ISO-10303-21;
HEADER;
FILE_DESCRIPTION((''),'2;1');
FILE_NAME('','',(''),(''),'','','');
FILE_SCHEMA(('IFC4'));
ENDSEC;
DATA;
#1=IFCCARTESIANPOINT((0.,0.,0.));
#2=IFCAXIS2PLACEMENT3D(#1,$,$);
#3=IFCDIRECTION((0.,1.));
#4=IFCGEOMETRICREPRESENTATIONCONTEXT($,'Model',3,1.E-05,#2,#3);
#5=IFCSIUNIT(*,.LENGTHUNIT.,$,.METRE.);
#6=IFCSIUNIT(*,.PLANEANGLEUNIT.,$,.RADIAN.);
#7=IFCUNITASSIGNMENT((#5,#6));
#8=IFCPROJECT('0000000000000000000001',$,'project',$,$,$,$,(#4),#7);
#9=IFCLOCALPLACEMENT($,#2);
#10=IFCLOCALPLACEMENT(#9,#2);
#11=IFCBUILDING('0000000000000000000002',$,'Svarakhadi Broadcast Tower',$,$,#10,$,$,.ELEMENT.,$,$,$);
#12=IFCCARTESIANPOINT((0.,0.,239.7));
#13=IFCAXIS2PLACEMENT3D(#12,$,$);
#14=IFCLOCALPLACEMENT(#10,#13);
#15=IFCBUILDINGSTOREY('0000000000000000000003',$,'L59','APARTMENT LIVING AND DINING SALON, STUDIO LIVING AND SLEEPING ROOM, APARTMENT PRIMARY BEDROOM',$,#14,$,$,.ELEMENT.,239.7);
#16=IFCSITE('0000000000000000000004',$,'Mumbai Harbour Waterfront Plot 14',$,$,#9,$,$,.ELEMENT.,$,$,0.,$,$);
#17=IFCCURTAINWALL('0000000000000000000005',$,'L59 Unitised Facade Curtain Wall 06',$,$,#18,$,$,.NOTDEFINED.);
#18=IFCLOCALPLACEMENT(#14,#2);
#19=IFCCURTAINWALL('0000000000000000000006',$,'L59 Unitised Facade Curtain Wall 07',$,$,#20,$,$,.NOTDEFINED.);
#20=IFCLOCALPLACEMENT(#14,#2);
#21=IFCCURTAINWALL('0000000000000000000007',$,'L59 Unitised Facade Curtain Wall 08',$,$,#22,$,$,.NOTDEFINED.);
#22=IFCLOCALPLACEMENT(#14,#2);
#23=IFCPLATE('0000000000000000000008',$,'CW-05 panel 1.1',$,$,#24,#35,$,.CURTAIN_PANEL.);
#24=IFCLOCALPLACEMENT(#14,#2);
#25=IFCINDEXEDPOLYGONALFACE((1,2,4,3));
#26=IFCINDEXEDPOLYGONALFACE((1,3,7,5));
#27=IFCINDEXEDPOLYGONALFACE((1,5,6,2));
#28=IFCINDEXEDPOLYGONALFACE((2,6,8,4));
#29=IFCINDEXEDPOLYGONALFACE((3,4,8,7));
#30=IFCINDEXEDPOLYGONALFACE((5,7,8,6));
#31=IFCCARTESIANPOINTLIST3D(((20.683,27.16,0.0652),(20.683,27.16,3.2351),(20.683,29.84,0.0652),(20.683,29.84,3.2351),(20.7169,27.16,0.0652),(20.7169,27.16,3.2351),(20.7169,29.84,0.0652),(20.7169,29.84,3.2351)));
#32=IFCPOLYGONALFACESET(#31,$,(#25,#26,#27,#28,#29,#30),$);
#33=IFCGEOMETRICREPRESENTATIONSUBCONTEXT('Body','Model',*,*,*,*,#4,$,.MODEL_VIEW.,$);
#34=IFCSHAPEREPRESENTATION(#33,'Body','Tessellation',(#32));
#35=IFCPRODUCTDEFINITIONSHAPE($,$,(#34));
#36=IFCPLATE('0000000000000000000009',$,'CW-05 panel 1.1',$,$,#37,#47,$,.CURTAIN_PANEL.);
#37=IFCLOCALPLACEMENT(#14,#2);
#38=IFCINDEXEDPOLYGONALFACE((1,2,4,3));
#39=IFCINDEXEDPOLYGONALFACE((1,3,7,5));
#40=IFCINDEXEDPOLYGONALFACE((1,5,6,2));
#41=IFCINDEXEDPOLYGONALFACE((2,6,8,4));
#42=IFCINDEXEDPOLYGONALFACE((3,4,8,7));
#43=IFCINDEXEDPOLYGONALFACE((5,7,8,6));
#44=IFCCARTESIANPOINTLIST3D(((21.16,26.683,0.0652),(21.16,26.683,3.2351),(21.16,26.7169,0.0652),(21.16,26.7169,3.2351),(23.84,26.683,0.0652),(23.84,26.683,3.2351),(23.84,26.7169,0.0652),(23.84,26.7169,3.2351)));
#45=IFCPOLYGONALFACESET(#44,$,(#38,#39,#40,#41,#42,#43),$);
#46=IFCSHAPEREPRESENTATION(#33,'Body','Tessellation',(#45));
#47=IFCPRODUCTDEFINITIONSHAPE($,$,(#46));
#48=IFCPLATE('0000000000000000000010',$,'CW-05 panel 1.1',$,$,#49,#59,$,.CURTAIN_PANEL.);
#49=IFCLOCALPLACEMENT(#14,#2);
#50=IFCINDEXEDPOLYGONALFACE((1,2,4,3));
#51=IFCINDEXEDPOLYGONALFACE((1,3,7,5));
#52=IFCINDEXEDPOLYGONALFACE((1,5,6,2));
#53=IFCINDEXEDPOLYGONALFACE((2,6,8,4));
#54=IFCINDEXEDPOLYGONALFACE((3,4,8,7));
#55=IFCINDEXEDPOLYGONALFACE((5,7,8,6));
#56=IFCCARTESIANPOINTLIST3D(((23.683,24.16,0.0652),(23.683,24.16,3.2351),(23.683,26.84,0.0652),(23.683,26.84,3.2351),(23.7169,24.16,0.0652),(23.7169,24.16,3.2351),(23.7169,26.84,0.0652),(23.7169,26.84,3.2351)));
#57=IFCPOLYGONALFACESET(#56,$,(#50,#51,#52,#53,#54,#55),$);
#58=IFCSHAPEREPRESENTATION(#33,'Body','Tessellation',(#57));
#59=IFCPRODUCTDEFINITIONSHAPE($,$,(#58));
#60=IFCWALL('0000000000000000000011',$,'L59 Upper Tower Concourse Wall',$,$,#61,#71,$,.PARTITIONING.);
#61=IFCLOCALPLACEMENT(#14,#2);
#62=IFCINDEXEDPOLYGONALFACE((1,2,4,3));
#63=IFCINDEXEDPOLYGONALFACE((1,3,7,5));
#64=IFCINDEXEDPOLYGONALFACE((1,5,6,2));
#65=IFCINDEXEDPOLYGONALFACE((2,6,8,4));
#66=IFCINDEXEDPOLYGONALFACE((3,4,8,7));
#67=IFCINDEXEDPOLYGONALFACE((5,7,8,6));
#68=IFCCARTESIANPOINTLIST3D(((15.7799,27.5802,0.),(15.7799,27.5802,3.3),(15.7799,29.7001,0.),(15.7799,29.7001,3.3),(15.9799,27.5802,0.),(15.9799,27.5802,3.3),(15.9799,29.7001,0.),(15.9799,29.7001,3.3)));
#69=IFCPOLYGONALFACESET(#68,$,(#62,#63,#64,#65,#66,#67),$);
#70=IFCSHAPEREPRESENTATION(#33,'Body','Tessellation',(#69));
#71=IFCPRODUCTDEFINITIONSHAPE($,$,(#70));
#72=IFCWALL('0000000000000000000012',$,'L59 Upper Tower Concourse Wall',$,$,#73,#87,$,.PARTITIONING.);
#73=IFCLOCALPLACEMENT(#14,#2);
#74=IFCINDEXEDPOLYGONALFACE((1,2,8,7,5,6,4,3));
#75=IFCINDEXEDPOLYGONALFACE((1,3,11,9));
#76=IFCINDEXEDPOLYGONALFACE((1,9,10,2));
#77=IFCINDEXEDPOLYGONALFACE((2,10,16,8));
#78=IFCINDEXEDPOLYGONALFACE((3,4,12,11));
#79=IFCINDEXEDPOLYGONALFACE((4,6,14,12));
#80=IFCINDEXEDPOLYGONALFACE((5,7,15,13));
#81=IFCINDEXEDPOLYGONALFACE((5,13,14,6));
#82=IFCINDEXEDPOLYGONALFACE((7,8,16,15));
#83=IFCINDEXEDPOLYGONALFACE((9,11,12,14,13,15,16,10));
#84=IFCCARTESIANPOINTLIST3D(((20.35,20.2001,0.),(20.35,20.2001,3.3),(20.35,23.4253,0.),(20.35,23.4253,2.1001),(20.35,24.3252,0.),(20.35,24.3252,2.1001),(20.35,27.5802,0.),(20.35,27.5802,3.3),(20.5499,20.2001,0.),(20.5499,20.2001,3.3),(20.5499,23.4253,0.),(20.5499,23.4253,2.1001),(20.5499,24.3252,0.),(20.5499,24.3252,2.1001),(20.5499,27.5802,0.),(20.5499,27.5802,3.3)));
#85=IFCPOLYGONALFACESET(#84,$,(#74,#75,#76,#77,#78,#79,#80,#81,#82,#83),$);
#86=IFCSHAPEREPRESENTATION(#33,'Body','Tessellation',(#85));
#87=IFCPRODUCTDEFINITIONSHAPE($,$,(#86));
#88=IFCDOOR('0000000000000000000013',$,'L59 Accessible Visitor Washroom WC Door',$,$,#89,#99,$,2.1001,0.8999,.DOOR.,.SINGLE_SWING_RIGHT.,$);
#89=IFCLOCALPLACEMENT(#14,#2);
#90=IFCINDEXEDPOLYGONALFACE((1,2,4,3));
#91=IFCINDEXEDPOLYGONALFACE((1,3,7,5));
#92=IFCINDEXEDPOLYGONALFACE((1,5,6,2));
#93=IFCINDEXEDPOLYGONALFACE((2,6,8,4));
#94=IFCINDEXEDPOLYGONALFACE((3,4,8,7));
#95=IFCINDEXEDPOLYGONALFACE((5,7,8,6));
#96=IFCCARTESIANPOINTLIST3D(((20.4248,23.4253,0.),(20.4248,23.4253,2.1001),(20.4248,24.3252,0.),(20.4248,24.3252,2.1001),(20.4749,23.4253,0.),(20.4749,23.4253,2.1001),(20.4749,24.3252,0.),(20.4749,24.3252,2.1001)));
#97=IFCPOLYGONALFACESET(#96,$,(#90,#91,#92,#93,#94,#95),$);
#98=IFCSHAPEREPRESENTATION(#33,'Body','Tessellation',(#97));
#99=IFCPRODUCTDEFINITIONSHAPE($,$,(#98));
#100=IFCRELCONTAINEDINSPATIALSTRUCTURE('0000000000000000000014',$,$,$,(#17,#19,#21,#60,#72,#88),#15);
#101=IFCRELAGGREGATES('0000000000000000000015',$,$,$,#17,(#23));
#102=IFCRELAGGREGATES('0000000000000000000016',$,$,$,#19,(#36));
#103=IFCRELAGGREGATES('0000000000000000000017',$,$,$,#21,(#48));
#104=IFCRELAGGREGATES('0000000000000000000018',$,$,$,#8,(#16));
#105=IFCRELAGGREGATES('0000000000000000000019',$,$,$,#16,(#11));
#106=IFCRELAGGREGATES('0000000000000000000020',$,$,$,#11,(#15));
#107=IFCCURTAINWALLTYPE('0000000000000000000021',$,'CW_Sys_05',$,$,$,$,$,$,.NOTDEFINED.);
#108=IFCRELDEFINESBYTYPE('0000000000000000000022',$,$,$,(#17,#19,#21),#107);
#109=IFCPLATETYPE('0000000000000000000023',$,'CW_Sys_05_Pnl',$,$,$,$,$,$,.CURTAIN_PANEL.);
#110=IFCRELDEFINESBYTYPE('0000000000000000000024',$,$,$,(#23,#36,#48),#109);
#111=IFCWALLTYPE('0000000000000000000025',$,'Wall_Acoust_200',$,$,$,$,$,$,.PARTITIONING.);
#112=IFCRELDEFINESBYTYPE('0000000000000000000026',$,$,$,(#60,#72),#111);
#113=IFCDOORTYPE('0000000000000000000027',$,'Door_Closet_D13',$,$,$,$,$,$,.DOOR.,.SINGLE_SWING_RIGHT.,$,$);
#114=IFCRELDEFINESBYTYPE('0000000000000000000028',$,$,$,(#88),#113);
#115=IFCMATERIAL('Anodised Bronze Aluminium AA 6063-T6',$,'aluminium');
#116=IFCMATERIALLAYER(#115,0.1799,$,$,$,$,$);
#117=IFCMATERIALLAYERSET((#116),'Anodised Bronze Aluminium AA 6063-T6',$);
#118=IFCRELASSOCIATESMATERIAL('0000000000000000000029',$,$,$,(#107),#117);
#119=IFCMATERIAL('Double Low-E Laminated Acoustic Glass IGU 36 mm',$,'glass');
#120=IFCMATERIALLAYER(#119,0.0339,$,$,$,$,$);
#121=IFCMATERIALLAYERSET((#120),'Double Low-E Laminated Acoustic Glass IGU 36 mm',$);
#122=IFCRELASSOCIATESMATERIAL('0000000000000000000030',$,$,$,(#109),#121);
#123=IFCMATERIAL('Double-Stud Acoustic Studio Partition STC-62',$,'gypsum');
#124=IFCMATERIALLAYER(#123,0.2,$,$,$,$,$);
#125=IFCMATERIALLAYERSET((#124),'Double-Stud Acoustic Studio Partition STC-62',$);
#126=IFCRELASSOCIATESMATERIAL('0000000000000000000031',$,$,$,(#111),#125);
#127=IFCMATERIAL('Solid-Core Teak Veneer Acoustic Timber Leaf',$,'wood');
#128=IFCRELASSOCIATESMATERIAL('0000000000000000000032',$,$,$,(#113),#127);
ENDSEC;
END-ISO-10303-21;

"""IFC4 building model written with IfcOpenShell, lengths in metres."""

from ifc_helpers import new_model, si_unit, direction, frame, frame_2d, origin, origin_2d, place, context, subcontext, project, spatial, rectangle, extrude, material, layer, layer_set, type_object, element, fill, aggregate, save


model = new_model("IFC4")

# Units and contexts
model_context = context("Model", 3, precision=1e-05, world=origin(), true_north=direction((0.0, 1.0)))
body_context = subcontext(model_context, "Body", "Model", "MODEL_VIEW")
ifc_project = project(units=[si_unit("LENGTHUNIT", "METRE"), si_unit("PLANEANGLEUNIT", "RADIAN")], contexts=[model_context])

# Site, building, storey
site_placement = place(None, origin())
site = spatial("IfcSite", under=ifc_project, at=site_placement, Name="Mumbai Harbour Waterfront Plot 14", CompositionType="ELEMENT", RefElevation=0.0)
building_placement = place(site_placement, origin())
building = spatial("IfcBuilding", under=site, at=building_placement, Name="Svarakhadi Broadcast Tower", CompositionType="ELEMENT")
storey_placement = place(building_placement, frame((0.0, 0.0, 239.7)))
storey = spatial("IfcBuildingStorey", under=building, at=storey_placement, Name="L59", Description="APARTMENT LIVING AND DINING SALON, STUDIO LIVING AND SLEEPING ROOM, APARTMENT PRIMARY BEDROOM", CompositionType="ELEMENT", Elevation=239.7)

# Curtain wall
ifc_material_1 = material(Name="Anodised Bronze Aluminium AA 6063-T6", Category="aluminium")
ifc_layer_1 = layer(ifc_material_1, 0.1799)
ifc_layer_set_1 = layer_set([ifc_layer_1], Name="Anodised Bronze Aluminium AA 6063-T6")
curtain_wall_type = type_object("IfcCurtainWallType", Name="CW_Sys_05", PredefinedType="NOTDEFINED", material=ifc_layer_set_1)
curtain_wall_1_placement = place(storey_placement, origin())
curtain_wall_1 = element("IfcCurtainWall", 1, at=curtain_wall_1_placement, inside=storey, type_object=curtain_wall_type, Name="L59 Unitised Facade Curtain Wall 06", PredefinedType="NOTDEFINED")

# Curtain walls
curtain_wall_2_placement = place(storey_placement, origin())
curtain_wall_2 = element("IfcCurtainWall", 2, at=curtain_wall_2_placement, inside=storey, type_object=curtain_wall_type, Name="L59 Unitised Facade Curtain Wall 07", PredefinedType="NOTDEFINED")
curtain_wall_3_placement = place(storey_placement, origin())
curtain_wall_3 = element("IfcCurtainWall", 3, at=curtain_wall_3_placement, inside=storey, type_object=curtain_wall_type, Name="L59 Unitised Facade Curtain Wall 08", PredefinedType="NOTDEFINED")

# Plates
ifc_material_2 = material(Name="Double Low-E Laminated Acoustic Glass IGU 36 mm", Category="glass")
ifc_layer_2 = layer(ifc_material_2, 0.0339)
ifc_layer_set_2 = layer_set([ifc_layer_2], Name="Double Low-E Laminated Acoustic Glass IGU 36 mm")
plate_type = type_object("IfcPlateType", Name="CW_Sys_05_Pnl", PredefinedType="CURTAIN_PANEL", material=ifc_layer_set_2)
plate_1_placement = place(storey_placement, frame((20.7, 28.5, 0.0652), z_axis=(0.0, 0.0, 1.0), x_axis=(0.0, -1.0, 0.0)))
plate_1 = element("IfcPlate", 4, at=plate_1_placement, type_object=plate_type, Name="CW-05 panel 1.1", PredefinedType="CURTAIN_PANEL", context=body_context, shape_type="SweptSolid", body=[
    extrude(rectangle(XDim=2.6799, YDim=0.0339, at=origin_2d()), origin(), (0.0, 0.0, 1.0), 3.1699),
])
aggregate(curtain_wall_1, [plate_1])
plate_2_placement = place(storey_placement, frame((22.5, 26.7, 0.0652), z_axis=(0.0, 0.0, 1.0), x_axis=(1.0, 0.0, 0.0)))
plate_2 = element("IfcPlate", 5, at=plate_2_placement, type_object=plate_type, Name="CW-05 panel 1.1", PredefinedType="CURTAIN_PANEL", context=body_context, shape_type="SweptSolid", body=[
    extrude(rectangle(XDim=2.6799, YDim=0.0339, at=origin_2d()), origin(), (0.0, 0.0, 1.0), 3.1699),
])
aggregate(curtain_wall_2, [plate_2])
plate_3_placement = place(storey_placement, frame((23.7, 25.5, 0.0652), z_axis=(0.0, 0.0, 1.0), x_axis=(0.0, -1.0, 0.0)))
plate_3 = element("IfcPlate", 6, at=plate_3_placement, type_object=plate_type, Name="CW-05 panel 1.1", PredefinedType="CURTAIN_PANEL", context=body_context, shape_type="SweptSolid", body=[
    extrude(rectangle(XDim=2.6799, YDim=0.0339, at=origin_2d()), origin(), (0.0, 0.0, 1.0), 3.1699),
])
aggregate(curtain_wall_3, [plate_3])

# Wall
ifc_material_3 = material(Name="Double-Stud Acoustic Studio Partition STC-62", Category="gypsum")
ifc_layer_3 = layer(ifc_material_3, 0.2)
ifc_layer_set_3 = layer_set([ifc_layer_3], Name="Double-Stud Acoustic Studio Partition STC-62")
wall_type_1 = type_object("IfcWallType", Name="Wall_Acoust_200", PredefinedType="PARTITIONING", material=ifc_layer_set_3)
wall_1_placement = place(storey_placement, frame((15.8799, 27.5801, 0.0), z_axis=(0.0, 0.0, 1.0), x_axis=(0.0, 1.0, 0.0)))
element("IfcWall", 7, at=wall_1_placement, inside=storey, type_object=wall_type_1, Name="L59 Upper Tower Concourse Wall", PredefinedType="PARTITIONING", context=body_context, shape_type="SweptSolid", body=[
    extrude(rectangle(XDim=2.1199, YDim=0.2, at=frame_2d((1.0601, 0.0))), origin(), (0.0, 0.0, 1.0), 3.3),
])

# Wall, opening, door
wall_2_placement = place(storey_placement, frame((20.45, 27.5801, 0.0), z_axis=(0.0, 0.0, 1.0), x_axis=(0.0, -1.0, 0.0)))
wall_2 = element("IfcWall", 8, at=wall_2_placement, inside=storey, type_object=wall_type_1, Name="L59 Upper Tower Concourse Wall", PredefinedType="PARTITIONING", context=body_context, shape_type="SweptSolid", body=[
    extrude(rectangle(XDim=7.3801, YDim=0.2, at=frame_2d((3.6899, 0.0))), origin(), (0.0, 0.0, 1.0), 3.3),
])
opening_1_placement = place(wall_2_placement, frame((3.2549, 0.0, 0.0)))
opening_1 = element("IfcOpeningElement", 9, at=opening_1_placement, cuts=wall_2, PredefinedType="OPENING", context=body_context, shape_type="SweptSolid", body=[
    extrude(rectangle(XDim=0.8999, YDim=2.1001, at=frame_2d((0.45, 1.05))), frame((0.0, 0.1099, 0.0), z_axis=(0.0, -1.0, 0.0), x_axis=(1.0, 0.0, 0.0)), (0.0, 0.0, 1.0), 0.22),
])
ifc_material_4 = material(Name="Solid-Core Teak Veneer Acoustic Timber Leaf", Category="wood")
door_type_1 = type_object("IfcDoorType", Name="Door_Closet_D13", OperationType="SINGLE_SWING_RIGHT", PredefinedType="DOOR", material=ifc_material_4)
door_1_placement = place(opening_1_placement, origin())
door_1 = element("IfcDoor", 10, at=door_1_placement, inside=storey, type_object=door_type_1, Name="L59 Accessible Visitor Washroom WC Door", OperationType="SINGLE_SWING_RIGHT", OverallHeight=2.1001, OverallWidth=0.8999, PredefinedType="DOOR", context=body_context, shape_type="SweptSolid", body=[
    extrude(rectangle(XDim=0.8999, YDim=2.1001, at=frame_2d((0.45, 1.05))), frame((0.0, 0.0249, 0.0), z_axis=(0.0, -1.0, 0.0), x_axis=(1.0, 0.0, 0.0)), (0.0, 0.0, 1.0), 0.05),
])
fill(opening_1, door_1)

save(model, "model.ifc")
